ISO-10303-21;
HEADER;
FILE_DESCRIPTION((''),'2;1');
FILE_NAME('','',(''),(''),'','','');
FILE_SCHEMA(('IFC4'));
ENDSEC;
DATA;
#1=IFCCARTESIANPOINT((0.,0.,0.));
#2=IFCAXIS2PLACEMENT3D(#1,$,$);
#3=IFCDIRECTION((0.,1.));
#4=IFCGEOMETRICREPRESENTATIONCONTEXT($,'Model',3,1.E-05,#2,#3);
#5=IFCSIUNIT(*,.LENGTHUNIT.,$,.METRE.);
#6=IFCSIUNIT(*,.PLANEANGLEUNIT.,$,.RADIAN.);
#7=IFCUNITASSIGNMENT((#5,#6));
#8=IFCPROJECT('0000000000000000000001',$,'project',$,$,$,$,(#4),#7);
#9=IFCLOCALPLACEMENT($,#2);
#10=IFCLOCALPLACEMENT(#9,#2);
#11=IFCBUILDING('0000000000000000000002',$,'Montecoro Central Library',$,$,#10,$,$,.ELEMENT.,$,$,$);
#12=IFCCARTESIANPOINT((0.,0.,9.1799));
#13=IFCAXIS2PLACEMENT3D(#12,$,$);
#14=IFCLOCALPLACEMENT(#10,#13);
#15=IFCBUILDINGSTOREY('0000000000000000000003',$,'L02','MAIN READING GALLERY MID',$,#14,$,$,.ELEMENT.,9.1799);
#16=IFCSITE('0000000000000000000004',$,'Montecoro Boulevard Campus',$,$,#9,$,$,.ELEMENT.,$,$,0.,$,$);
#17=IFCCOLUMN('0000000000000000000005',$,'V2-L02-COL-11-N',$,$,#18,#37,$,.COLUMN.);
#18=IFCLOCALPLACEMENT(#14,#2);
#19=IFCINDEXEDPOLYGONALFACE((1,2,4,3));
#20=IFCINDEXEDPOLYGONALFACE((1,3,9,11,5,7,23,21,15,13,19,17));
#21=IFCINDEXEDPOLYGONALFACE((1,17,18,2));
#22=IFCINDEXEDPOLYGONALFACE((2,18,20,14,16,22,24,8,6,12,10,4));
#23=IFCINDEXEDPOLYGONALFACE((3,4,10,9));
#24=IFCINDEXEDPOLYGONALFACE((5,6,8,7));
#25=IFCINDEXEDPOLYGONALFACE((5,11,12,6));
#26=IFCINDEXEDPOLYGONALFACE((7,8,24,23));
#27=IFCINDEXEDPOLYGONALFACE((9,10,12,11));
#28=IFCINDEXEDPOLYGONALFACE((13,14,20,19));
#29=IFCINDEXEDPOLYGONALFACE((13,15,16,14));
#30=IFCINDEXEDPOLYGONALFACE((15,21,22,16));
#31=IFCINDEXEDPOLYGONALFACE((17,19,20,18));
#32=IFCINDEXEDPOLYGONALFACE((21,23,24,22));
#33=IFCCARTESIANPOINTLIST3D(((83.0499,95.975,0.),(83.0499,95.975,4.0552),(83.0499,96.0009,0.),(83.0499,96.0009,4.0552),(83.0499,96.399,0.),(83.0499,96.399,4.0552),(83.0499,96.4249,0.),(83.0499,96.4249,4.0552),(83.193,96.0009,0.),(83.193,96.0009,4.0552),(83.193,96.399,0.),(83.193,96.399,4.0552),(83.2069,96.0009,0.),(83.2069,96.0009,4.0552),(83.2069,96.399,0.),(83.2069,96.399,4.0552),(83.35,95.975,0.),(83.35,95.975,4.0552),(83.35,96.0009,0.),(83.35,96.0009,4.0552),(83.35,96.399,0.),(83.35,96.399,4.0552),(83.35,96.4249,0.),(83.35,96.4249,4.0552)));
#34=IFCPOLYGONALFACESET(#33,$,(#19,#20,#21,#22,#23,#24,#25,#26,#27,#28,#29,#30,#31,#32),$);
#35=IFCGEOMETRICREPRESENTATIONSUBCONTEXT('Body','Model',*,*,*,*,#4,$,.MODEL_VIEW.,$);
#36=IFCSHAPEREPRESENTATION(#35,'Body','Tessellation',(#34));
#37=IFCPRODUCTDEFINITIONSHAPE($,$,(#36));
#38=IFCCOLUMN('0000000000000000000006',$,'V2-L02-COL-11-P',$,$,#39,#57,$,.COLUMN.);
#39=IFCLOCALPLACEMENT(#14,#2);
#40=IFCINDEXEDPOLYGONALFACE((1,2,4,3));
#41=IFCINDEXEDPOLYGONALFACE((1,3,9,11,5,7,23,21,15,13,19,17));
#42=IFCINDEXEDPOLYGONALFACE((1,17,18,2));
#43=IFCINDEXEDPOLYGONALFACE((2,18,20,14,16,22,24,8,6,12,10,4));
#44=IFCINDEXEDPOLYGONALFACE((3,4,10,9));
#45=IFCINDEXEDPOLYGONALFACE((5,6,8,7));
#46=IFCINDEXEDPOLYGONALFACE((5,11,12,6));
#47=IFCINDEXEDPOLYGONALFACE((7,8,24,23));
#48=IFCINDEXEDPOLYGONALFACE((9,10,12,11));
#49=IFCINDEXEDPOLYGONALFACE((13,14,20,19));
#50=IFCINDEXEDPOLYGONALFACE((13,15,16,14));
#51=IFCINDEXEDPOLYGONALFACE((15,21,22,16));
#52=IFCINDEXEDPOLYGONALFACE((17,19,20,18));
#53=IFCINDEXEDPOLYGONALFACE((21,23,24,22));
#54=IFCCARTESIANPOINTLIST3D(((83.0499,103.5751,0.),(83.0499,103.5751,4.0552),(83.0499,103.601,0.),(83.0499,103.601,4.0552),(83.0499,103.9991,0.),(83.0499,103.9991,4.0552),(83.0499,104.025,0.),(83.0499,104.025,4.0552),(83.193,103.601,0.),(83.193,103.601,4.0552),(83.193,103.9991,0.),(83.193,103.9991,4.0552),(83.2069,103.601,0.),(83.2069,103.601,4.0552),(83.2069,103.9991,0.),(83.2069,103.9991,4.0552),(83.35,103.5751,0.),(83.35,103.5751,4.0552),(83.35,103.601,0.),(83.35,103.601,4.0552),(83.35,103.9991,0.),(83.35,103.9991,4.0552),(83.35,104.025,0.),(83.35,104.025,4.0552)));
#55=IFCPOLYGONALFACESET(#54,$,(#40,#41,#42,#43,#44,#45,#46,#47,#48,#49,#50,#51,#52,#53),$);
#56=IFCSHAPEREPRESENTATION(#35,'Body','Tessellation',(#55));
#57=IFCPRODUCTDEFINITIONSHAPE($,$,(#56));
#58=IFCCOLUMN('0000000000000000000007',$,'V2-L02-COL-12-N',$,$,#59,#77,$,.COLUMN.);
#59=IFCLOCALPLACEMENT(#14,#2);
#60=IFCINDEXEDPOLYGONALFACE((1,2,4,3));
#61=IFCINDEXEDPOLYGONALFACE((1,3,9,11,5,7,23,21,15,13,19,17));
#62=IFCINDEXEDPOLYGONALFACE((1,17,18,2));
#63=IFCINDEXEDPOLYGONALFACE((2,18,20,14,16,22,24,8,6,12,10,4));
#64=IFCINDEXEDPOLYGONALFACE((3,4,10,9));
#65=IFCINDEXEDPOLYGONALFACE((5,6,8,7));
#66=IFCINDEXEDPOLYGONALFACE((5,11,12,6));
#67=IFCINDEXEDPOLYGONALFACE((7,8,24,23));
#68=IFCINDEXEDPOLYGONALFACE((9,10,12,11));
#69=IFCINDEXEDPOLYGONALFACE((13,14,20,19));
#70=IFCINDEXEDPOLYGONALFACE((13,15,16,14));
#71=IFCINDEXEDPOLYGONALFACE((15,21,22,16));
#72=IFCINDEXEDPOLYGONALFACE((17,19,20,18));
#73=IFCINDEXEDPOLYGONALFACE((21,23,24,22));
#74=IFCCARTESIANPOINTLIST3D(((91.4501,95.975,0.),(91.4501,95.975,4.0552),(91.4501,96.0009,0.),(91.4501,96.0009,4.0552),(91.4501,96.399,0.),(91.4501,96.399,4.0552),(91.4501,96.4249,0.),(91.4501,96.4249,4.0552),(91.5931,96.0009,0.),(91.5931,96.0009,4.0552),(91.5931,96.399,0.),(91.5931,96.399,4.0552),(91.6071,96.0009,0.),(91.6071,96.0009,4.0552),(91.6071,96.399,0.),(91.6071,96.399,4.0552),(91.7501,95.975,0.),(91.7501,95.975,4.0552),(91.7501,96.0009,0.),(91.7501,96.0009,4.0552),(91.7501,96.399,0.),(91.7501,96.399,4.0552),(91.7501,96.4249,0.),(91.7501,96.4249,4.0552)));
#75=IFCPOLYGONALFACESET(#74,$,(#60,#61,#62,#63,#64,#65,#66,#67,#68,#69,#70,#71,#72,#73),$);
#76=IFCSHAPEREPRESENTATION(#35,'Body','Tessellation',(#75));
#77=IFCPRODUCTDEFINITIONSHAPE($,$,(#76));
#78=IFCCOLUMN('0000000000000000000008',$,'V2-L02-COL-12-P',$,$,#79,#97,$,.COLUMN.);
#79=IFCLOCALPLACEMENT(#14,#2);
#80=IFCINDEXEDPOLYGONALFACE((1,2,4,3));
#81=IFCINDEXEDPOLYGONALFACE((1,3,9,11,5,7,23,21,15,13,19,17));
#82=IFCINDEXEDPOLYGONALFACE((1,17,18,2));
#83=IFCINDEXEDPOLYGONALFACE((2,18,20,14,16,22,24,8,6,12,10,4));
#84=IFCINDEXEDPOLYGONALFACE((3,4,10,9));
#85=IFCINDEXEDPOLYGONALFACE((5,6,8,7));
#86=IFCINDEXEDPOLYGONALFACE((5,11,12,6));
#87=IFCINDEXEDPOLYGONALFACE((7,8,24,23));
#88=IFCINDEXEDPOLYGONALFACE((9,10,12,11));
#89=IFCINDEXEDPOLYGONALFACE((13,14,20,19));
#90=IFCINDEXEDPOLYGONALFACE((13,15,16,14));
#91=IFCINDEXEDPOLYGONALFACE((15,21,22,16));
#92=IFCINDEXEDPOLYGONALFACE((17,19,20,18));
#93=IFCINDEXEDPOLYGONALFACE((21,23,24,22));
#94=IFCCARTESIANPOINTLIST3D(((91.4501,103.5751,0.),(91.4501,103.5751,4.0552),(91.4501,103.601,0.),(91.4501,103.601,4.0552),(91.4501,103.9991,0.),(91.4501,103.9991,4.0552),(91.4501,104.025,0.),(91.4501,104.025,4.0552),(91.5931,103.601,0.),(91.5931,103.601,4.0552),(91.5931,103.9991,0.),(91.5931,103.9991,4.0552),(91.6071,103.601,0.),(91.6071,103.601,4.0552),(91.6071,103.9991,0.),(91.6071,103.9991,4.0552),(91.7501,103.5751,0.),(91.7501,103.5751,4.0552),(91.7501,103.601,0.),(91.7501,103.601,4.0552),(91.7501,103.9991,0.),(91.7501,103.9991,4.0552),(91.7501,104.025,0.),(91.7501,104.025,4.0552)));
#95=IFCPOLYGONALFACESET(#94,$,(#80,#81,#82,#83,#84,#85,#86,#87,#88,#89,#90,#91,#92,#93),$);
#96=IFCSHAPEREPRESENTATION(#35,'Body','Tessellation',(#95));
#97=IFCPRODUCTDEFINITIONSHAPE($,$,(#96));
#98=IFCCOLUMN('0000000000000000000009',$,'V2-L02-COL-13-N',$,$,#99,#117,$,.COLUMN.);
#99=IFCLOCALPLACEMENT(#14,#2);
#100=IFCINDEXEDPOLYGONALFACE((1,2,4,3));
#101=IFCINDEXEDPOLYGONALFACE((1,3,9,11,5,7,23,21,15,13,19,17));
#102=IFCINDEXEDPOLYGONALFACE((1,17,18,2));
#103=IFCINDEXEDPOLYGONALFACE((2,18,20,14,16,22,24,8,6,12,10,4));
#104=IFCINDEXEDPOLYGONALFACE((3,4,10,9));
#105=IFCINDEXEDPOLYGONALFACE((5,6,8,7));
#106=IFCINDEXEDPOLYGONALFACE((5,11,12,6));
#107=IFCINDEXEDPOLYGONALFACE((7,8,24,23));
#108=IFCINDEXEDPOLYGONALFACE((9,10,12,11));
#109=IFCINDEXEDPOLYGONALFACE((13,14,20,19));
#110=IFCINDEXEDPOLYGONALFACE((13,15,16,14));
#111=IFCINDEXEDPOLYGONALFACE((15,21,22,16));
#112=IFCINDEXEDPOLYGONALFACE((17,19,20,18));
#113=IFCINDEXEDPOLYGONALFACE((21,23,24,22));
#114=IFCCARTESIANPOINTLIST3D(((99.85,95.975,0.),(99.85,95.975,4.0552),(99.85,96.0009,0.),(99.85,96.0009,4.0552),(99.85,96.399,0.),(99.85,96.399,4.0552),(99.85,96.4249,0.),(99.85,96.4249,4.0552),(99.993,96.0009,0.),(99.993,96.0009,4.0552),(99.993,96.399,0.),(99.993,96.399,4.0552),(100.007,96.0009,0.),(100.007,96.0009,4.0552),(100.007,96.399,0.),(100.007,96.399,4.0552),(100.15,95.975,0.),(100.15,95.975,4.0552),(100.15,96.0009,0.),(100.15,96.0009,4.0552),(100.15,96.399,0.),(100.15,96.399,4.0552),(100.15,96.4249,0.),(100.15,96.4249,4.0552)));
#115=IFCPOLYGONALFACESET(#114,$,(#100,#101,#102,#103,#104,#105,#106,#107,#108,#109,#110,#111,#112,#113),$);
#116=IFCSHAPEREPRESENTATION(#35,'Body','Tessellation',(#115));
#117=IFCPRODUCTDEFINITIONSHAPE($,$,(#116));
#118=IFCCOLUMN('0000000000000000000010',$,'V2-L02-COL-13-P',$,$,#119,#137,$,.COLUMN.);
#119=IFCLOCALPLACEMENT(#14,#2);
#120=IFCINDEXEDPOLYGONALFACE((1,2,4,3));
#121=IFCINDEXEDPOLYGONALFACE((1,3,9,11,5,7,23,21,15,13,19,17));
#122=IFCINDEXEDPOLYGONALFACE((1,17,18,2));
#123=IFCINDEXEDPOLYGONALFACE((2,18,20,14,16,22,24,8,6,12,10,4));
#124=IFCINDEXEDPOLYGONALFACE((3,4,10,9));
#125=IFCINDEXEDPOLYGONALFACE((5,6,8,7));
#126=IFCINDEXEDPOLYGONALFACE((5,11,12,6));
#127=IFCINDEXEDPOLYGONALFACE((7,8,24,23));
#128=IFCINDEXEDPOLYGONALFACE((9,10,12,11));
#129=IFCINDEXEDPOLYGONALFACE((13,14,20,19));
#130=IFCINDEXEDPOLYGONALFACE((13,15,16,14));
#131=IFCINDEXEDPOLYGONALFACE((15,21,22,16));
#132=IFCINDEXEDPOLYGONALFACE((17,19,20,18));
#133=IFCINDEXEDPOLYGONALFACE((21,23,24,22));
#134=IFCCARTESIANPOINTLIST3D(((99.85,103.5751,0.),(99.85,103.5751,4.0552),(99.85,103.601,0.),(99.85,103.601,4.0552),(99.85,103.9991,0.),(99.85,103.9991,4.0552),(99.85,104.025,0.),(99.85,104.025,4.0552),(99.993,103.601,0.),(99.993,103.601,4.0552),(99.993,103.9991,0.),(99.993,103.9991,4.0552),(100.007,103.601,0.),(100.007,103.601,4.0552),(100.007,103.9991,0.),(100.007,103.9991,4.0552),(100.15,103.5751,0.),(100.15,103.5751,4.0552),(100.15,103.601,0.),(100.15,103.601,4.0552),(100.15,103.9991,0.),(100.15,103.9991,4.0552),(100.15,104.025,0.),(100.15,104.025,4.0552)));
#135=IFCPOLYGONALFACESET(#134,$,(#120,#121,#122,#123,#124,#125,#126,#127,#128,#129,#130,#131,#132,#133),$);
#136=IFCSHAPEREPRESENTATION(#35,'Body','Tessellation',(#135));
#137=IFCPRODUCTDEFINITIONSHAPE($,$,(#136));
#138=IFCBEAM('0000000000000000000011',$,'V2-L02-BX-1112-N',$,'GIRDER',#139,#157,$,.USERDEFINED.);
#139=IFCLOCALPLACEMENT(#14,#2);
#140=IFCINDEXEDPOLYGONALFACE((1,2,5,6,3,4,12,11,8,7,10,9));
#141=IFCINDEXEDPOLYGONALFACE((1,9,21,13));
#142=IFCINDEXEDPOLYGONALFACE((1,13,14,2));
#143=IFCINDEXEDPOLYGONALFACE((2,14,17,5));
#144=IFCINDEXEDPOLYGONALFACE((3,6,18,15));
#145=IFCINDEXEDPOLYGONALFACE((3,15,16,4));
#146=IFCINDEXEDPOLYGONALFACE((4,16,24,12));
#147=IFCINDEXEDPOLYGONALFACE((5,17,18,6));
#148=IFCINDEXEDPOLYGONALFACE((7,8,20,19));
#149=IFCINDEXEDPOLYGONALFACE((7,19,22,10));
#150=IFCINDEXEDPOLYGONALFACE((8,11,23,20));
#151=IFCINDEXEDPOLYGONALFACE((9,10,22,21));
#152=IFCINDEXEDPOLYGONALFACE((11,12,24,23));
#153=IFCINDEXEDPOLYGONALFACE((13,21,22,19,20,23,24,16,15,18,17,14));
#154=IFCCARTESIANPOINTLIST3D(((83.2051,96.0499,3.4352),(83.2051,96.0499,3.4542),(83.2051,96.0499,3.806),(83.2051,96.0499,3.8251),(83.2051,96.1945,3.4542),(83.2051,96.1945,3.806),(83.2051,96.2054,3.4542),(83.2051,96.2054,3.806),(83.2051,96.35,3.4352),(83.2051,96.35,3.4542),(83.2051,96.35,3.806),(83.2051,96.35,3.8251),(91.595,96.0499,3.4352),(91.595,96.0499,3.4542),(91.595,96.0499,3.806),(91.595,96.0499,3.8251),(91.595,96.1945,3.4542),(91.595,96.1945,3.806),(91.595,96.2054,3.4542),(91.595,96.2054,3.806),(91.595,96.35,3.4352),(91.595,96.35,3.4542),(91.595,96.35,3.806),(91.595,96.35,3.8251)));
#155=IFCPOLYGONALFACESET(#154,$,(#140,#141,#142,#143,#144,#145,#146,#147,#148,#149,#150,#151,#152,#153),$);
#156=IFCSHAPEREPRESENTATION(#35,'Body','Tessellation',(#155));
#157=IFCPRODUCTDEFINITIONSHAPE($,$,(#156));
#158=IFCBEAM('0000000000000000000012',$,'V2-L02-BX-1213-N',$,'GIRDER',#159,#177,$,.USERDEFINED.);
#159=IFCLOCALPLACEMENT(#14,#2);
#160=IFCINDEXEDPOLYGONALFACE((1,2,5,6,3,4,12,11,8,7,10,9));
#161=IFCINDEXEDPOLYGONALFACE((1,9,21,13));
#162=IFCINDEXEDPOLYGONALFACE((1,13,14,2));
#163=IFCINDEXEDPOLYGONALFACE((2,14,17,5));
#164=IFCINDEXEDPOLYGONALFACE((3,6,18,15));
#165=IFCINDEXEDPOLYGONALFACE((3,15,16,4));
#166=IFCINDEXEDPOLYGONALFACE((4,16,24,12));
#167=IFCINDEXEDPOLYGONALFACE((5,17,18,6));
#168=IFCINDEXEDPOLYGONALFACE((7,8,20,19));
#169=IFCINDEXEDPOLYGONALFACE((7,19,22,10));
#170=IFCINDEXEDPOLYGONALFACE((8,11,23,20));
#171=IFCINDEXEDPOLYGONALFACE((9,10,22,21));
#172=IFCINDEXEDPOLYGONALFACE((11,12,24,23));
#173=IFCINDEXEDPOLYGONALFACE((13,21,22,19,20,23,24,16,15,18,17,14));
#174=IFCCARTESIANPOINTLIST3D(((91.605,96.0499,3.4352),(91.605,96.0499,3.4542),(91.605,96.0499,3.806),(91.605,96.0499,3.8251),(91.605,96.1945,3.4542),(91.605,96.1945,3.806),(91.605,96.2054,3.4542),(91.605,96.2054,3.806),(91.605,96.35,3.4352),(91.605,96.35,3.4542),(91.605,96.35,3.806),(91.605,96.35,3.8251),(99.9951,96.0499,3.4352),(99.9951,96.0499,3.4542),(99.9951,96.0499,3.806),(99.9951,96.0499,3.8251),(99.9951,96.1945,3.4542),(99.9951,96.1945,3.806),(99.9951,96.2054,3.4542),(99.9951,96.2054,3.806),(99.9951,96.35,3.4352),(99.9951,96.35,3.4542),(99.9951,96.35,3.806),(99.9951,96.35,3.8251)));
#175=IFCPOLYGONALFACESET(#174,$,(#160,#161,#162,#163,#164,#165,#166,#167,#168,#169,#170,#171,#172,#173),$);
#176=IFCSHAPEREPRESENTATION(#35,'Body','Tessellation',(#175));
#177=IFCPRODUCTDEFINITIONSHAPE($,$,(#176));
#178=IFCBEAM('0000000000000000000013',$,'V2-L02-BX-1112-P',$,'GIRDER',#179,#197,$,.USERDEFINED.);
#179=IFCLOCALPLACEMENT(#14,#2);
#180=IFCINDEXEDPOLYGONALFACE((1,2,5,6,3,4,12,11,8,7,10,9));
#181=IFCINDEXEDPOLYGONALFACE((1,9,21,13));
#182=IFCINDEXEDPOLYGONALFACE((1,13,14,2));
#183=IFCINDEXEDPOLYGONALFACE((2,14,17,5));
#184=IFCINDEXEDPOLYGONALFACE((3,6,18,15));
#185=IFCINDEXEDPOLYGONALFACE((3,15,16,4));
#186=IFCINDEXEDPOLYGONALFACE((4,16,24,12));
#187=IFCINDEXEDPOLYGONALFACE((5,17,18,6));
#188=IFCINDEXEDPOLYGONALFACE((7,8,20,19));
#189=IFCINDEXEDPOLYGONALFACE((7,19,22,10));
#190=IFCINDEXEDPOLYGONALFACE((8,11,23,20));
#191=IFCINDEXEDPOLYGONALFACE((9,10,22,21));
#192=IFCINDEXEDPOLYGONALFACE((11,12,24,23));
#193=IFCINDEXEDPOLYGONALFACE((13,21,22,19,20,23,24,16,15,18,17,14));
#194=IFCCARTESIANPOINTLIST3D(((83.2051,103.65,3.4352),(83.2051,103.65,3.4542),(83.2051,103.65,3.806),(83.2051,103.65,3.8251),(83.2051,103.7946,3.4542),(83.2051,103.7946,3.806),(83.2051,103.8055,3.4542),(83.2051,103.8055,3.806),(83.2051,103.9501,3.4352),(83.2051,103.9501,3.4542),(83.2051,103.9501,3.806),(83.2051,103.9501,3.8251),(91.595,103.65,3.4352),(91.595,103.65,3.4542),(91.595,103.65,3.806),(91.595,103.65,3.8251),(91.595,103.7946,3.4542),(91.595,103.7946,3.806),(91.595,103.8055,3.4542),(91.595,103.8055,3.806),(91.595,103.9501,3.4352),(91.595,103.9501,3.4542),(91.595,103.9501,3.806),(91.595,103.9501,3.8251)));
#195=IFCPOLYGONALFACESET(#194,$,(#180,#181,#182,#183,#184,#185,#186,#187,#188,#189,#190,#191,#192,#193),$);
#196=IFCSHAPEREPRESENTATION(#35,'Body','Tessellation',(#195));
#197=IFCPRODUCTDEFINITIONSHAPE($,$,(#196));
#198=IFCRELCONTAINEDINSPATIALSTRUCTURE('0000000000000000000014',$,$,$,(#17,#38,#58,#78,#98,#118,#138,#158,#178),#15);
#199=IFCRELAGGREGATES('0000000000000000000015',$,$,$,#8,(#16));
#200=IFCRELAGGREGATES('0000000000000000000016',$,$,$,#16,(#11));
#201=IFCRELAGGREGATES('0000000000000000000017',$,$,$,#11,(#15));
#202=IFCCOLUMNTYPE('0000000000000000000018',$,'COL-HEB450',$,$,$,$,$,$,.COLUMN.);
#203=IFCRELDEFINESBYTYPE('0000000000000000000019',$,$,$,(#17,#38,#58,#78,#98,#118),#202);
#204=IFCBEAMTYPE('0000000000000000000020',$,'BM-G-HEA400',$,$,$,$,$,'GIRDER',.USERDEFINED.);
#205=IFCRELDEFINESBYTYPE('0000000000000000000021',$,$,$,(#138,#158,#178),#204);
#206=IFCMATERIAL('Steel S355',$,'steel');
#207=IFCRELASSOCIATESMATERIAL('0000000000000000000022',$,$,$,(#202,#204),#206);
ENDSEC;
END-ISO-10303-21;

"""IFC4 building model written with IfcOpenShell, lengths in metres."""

from ifc_helpers import new_model, si_unit, direction, frame, origin, origin_2d, place, context, subcontext, project, spatial, i_section, extrude, material, material_profile, profile_set, type_object, element, save


model = new_model("IFC4")

# Units and contexts
model_context = context("Model", 3, precision=1e-05, world=origin(), true_north=direction((0.0, 1.0)))
body_context = subcontext(model_context, "Body", "Model", "MODEL_VIEW")
ifc_project = project(units=[si_unit("LENGTHUNIT", "METRE"), si_unit("PLANEANGLEUNIT", "RADIAN")], contexts=[model_context])

# Site, building, storey
site_placement = place(None, origin())
site = spatial("IfcSite", under=ifc_project, at=site_placement, Name="Montecoro Boulevard Campus", CompositionType="ELEMENT", RefElevation=0.0)
building_placement = place(site_placement, origin())
building = spatial("IfcBuilding", under=site, at=building_placement, Name="Montecoro Central Library", CompositionType="ELEMENT")
storey_placement = place(building_placement, frame((0.0, 0.0, 9.1799)))
storey = spatial("IfcBuildingStorey", under=building, at=storey_placement, Name="L02", Description="MAIN READING GALLERY MID", CompositionType="ELEMENT", Elevation=9.1799)

# Columns
ifc_material_1 = material(Name="Steel S355", Category="steel")
ifc_material_profile_1 = material_profile(ifc_material_1, i_section(OverallWidth=0.3, OverallDepth=0.45, WebThickness=0.0139, FlangeThickness=0.0259, at=origin_2d()), Name="HEB 450")
ifc_profile_set_1 = profile_set([ifc_material_profile_1], Name="Steel S355")
column_type = type_object("IfcColumnType", Name="COL-HEB450", PredefinedType="COLUMN", material=ifc_profile_set_1)
for number, where, z_axis, x_axis, name in (
    (1, (83.2, 96.2, 0.0), (0.0, 0.0, 1.0), (1.0, 0.0, 0.0), "V2-L02-COL-11-N"),
    (2, (83.2, 103.8, 0.0), (0.0, 0.0, 1.0), (1.0, 0.0, 0.0), "V2-L02-COL-11-P"),
    (3, (91.6001, 96.2, 0.0), (0.0, 0.0, 1.0), (1.0, 0.0, 0.0), "V2-L02-COL-12-N"),
    (4, (91.6001, 103.8, 0.0), (0.0, 0.0, 1.0), (1.0, 0.0, 0.0), "V2-L02-COL-12-P"),
    (5, (100.0, 96.2, 0.0), (0.0, 0.0, 1.0), (1.0, 0.0, 0.0), "V2-L02-COL-13-N"),
    (6, (100.0, 103.8, 0.0), (0.0, 0.0, 1.0), (1.0, 0.0, 0.0), "V2-L02-COL-13-P"),
):
    element("IfcColumn", number, at=place(storey_placement, frame(where, z_axis=z_axis, x_axis=x_axis)), inside=storey, type_object=column_type, Name=name, PredefinedType="COLUMN", context=body_context, shape_type="SweptSolid", body=[
        extrude(i_section(OverallWidth=0.3, OverallDepth=0.45, WebThickness=0.0139, FlangeThickness=0.0259, at=origin_2d()), origin(), (0.0, 0.0, 1.0), 4.0552),
    ])

# Beams
ifc_material_profile_2 = material_profile(ifc_material_1, i_section(OverallWidth=0.3, OverallDepth=0.3899, WebThickness=0.011, FlangeThickness=0.019, at=origin_2d()), Name="HEA 400")
ifc_profile_set_2 = profile_set([ifc_material_profile_2], Name="Steel S355")
beam_type_1 = type_object("IfcBeamType", Name="BM-G-HEA400", ElementType="GIRDER", PredefinedType="USERDEFINED", material=ifc_profile_set_2)
beam_1_placement = place(storey_placement, frame((83.2051, 96.2, 3.6301), z_axis=(1.0, 0.0, 0.0), x_axis=(0.0, 1.0, 0.0)))
element("IfcBeam", 7, at=beam_1_placement, inside=storey, type_object=beam_type_1, Name="V2-L02-BX-1112-N", ObjectType="GIRDER", PredefinedType="USERDEFINED", context=body_context, shape_type="SweptSolid", body=[
    extrude(i_section(OverallWidth=0.3, OverallDepth=0.3899, WebThickness=0.011, FlangeThickness=0.019, at=origin_2d()), origin(), (0.0, 0.0, 1.0), 8.3899),
])
beam_2_placement = place(storey_placement, frame((91.605, 96.2, 3.6301), z_axis=(1.0, 0.0, 0.0), x_axis=(0.0, 1.0, 0.0)))
element("IfcBeam", 8, at=beam_2_placement, inside=storey, type_object=beam_type_1, Name="V2-L02-BX-1213-N", ObjectType="GIRDER", PredefinedType="USERDEFINED", context=body_context, shape_type="SweptSolid", body=[
    extrude(i_section(OverallWidth=0.3, OverallDepth=0.3899, WebThickness=0.011, FlangeThickness=0.019, at=origin_2d()), origin(), (0.0, 0.0, 1.0), 8.3901),
])
beam_3_placement = place(storey_placement, frame((83.2051, 103.8, 3.6301), z_axis=(1.0, 0.0, 0.0), x_axis=(0.0, 1.0, 0.0)))
element("IfcBeam", 9, at=beam_3_placement, inside=storey, type_object=beam_type_1, Name="V2-L02-BX-1112-P", ObjectType="GIRDER", PredefinedType="USERDEFINED", context=body_context, shape_type="SweptSolid", body=[
    extrude(i_section(OverallWidth=0.3, OverallDepth=0.3899, WebThickness=0.011, FlangeThickness=0.019, at=origin_2d()), origin(), (0.0, 0.0, 1.0), 8.3899),
])

save(model, "model.ifc")
